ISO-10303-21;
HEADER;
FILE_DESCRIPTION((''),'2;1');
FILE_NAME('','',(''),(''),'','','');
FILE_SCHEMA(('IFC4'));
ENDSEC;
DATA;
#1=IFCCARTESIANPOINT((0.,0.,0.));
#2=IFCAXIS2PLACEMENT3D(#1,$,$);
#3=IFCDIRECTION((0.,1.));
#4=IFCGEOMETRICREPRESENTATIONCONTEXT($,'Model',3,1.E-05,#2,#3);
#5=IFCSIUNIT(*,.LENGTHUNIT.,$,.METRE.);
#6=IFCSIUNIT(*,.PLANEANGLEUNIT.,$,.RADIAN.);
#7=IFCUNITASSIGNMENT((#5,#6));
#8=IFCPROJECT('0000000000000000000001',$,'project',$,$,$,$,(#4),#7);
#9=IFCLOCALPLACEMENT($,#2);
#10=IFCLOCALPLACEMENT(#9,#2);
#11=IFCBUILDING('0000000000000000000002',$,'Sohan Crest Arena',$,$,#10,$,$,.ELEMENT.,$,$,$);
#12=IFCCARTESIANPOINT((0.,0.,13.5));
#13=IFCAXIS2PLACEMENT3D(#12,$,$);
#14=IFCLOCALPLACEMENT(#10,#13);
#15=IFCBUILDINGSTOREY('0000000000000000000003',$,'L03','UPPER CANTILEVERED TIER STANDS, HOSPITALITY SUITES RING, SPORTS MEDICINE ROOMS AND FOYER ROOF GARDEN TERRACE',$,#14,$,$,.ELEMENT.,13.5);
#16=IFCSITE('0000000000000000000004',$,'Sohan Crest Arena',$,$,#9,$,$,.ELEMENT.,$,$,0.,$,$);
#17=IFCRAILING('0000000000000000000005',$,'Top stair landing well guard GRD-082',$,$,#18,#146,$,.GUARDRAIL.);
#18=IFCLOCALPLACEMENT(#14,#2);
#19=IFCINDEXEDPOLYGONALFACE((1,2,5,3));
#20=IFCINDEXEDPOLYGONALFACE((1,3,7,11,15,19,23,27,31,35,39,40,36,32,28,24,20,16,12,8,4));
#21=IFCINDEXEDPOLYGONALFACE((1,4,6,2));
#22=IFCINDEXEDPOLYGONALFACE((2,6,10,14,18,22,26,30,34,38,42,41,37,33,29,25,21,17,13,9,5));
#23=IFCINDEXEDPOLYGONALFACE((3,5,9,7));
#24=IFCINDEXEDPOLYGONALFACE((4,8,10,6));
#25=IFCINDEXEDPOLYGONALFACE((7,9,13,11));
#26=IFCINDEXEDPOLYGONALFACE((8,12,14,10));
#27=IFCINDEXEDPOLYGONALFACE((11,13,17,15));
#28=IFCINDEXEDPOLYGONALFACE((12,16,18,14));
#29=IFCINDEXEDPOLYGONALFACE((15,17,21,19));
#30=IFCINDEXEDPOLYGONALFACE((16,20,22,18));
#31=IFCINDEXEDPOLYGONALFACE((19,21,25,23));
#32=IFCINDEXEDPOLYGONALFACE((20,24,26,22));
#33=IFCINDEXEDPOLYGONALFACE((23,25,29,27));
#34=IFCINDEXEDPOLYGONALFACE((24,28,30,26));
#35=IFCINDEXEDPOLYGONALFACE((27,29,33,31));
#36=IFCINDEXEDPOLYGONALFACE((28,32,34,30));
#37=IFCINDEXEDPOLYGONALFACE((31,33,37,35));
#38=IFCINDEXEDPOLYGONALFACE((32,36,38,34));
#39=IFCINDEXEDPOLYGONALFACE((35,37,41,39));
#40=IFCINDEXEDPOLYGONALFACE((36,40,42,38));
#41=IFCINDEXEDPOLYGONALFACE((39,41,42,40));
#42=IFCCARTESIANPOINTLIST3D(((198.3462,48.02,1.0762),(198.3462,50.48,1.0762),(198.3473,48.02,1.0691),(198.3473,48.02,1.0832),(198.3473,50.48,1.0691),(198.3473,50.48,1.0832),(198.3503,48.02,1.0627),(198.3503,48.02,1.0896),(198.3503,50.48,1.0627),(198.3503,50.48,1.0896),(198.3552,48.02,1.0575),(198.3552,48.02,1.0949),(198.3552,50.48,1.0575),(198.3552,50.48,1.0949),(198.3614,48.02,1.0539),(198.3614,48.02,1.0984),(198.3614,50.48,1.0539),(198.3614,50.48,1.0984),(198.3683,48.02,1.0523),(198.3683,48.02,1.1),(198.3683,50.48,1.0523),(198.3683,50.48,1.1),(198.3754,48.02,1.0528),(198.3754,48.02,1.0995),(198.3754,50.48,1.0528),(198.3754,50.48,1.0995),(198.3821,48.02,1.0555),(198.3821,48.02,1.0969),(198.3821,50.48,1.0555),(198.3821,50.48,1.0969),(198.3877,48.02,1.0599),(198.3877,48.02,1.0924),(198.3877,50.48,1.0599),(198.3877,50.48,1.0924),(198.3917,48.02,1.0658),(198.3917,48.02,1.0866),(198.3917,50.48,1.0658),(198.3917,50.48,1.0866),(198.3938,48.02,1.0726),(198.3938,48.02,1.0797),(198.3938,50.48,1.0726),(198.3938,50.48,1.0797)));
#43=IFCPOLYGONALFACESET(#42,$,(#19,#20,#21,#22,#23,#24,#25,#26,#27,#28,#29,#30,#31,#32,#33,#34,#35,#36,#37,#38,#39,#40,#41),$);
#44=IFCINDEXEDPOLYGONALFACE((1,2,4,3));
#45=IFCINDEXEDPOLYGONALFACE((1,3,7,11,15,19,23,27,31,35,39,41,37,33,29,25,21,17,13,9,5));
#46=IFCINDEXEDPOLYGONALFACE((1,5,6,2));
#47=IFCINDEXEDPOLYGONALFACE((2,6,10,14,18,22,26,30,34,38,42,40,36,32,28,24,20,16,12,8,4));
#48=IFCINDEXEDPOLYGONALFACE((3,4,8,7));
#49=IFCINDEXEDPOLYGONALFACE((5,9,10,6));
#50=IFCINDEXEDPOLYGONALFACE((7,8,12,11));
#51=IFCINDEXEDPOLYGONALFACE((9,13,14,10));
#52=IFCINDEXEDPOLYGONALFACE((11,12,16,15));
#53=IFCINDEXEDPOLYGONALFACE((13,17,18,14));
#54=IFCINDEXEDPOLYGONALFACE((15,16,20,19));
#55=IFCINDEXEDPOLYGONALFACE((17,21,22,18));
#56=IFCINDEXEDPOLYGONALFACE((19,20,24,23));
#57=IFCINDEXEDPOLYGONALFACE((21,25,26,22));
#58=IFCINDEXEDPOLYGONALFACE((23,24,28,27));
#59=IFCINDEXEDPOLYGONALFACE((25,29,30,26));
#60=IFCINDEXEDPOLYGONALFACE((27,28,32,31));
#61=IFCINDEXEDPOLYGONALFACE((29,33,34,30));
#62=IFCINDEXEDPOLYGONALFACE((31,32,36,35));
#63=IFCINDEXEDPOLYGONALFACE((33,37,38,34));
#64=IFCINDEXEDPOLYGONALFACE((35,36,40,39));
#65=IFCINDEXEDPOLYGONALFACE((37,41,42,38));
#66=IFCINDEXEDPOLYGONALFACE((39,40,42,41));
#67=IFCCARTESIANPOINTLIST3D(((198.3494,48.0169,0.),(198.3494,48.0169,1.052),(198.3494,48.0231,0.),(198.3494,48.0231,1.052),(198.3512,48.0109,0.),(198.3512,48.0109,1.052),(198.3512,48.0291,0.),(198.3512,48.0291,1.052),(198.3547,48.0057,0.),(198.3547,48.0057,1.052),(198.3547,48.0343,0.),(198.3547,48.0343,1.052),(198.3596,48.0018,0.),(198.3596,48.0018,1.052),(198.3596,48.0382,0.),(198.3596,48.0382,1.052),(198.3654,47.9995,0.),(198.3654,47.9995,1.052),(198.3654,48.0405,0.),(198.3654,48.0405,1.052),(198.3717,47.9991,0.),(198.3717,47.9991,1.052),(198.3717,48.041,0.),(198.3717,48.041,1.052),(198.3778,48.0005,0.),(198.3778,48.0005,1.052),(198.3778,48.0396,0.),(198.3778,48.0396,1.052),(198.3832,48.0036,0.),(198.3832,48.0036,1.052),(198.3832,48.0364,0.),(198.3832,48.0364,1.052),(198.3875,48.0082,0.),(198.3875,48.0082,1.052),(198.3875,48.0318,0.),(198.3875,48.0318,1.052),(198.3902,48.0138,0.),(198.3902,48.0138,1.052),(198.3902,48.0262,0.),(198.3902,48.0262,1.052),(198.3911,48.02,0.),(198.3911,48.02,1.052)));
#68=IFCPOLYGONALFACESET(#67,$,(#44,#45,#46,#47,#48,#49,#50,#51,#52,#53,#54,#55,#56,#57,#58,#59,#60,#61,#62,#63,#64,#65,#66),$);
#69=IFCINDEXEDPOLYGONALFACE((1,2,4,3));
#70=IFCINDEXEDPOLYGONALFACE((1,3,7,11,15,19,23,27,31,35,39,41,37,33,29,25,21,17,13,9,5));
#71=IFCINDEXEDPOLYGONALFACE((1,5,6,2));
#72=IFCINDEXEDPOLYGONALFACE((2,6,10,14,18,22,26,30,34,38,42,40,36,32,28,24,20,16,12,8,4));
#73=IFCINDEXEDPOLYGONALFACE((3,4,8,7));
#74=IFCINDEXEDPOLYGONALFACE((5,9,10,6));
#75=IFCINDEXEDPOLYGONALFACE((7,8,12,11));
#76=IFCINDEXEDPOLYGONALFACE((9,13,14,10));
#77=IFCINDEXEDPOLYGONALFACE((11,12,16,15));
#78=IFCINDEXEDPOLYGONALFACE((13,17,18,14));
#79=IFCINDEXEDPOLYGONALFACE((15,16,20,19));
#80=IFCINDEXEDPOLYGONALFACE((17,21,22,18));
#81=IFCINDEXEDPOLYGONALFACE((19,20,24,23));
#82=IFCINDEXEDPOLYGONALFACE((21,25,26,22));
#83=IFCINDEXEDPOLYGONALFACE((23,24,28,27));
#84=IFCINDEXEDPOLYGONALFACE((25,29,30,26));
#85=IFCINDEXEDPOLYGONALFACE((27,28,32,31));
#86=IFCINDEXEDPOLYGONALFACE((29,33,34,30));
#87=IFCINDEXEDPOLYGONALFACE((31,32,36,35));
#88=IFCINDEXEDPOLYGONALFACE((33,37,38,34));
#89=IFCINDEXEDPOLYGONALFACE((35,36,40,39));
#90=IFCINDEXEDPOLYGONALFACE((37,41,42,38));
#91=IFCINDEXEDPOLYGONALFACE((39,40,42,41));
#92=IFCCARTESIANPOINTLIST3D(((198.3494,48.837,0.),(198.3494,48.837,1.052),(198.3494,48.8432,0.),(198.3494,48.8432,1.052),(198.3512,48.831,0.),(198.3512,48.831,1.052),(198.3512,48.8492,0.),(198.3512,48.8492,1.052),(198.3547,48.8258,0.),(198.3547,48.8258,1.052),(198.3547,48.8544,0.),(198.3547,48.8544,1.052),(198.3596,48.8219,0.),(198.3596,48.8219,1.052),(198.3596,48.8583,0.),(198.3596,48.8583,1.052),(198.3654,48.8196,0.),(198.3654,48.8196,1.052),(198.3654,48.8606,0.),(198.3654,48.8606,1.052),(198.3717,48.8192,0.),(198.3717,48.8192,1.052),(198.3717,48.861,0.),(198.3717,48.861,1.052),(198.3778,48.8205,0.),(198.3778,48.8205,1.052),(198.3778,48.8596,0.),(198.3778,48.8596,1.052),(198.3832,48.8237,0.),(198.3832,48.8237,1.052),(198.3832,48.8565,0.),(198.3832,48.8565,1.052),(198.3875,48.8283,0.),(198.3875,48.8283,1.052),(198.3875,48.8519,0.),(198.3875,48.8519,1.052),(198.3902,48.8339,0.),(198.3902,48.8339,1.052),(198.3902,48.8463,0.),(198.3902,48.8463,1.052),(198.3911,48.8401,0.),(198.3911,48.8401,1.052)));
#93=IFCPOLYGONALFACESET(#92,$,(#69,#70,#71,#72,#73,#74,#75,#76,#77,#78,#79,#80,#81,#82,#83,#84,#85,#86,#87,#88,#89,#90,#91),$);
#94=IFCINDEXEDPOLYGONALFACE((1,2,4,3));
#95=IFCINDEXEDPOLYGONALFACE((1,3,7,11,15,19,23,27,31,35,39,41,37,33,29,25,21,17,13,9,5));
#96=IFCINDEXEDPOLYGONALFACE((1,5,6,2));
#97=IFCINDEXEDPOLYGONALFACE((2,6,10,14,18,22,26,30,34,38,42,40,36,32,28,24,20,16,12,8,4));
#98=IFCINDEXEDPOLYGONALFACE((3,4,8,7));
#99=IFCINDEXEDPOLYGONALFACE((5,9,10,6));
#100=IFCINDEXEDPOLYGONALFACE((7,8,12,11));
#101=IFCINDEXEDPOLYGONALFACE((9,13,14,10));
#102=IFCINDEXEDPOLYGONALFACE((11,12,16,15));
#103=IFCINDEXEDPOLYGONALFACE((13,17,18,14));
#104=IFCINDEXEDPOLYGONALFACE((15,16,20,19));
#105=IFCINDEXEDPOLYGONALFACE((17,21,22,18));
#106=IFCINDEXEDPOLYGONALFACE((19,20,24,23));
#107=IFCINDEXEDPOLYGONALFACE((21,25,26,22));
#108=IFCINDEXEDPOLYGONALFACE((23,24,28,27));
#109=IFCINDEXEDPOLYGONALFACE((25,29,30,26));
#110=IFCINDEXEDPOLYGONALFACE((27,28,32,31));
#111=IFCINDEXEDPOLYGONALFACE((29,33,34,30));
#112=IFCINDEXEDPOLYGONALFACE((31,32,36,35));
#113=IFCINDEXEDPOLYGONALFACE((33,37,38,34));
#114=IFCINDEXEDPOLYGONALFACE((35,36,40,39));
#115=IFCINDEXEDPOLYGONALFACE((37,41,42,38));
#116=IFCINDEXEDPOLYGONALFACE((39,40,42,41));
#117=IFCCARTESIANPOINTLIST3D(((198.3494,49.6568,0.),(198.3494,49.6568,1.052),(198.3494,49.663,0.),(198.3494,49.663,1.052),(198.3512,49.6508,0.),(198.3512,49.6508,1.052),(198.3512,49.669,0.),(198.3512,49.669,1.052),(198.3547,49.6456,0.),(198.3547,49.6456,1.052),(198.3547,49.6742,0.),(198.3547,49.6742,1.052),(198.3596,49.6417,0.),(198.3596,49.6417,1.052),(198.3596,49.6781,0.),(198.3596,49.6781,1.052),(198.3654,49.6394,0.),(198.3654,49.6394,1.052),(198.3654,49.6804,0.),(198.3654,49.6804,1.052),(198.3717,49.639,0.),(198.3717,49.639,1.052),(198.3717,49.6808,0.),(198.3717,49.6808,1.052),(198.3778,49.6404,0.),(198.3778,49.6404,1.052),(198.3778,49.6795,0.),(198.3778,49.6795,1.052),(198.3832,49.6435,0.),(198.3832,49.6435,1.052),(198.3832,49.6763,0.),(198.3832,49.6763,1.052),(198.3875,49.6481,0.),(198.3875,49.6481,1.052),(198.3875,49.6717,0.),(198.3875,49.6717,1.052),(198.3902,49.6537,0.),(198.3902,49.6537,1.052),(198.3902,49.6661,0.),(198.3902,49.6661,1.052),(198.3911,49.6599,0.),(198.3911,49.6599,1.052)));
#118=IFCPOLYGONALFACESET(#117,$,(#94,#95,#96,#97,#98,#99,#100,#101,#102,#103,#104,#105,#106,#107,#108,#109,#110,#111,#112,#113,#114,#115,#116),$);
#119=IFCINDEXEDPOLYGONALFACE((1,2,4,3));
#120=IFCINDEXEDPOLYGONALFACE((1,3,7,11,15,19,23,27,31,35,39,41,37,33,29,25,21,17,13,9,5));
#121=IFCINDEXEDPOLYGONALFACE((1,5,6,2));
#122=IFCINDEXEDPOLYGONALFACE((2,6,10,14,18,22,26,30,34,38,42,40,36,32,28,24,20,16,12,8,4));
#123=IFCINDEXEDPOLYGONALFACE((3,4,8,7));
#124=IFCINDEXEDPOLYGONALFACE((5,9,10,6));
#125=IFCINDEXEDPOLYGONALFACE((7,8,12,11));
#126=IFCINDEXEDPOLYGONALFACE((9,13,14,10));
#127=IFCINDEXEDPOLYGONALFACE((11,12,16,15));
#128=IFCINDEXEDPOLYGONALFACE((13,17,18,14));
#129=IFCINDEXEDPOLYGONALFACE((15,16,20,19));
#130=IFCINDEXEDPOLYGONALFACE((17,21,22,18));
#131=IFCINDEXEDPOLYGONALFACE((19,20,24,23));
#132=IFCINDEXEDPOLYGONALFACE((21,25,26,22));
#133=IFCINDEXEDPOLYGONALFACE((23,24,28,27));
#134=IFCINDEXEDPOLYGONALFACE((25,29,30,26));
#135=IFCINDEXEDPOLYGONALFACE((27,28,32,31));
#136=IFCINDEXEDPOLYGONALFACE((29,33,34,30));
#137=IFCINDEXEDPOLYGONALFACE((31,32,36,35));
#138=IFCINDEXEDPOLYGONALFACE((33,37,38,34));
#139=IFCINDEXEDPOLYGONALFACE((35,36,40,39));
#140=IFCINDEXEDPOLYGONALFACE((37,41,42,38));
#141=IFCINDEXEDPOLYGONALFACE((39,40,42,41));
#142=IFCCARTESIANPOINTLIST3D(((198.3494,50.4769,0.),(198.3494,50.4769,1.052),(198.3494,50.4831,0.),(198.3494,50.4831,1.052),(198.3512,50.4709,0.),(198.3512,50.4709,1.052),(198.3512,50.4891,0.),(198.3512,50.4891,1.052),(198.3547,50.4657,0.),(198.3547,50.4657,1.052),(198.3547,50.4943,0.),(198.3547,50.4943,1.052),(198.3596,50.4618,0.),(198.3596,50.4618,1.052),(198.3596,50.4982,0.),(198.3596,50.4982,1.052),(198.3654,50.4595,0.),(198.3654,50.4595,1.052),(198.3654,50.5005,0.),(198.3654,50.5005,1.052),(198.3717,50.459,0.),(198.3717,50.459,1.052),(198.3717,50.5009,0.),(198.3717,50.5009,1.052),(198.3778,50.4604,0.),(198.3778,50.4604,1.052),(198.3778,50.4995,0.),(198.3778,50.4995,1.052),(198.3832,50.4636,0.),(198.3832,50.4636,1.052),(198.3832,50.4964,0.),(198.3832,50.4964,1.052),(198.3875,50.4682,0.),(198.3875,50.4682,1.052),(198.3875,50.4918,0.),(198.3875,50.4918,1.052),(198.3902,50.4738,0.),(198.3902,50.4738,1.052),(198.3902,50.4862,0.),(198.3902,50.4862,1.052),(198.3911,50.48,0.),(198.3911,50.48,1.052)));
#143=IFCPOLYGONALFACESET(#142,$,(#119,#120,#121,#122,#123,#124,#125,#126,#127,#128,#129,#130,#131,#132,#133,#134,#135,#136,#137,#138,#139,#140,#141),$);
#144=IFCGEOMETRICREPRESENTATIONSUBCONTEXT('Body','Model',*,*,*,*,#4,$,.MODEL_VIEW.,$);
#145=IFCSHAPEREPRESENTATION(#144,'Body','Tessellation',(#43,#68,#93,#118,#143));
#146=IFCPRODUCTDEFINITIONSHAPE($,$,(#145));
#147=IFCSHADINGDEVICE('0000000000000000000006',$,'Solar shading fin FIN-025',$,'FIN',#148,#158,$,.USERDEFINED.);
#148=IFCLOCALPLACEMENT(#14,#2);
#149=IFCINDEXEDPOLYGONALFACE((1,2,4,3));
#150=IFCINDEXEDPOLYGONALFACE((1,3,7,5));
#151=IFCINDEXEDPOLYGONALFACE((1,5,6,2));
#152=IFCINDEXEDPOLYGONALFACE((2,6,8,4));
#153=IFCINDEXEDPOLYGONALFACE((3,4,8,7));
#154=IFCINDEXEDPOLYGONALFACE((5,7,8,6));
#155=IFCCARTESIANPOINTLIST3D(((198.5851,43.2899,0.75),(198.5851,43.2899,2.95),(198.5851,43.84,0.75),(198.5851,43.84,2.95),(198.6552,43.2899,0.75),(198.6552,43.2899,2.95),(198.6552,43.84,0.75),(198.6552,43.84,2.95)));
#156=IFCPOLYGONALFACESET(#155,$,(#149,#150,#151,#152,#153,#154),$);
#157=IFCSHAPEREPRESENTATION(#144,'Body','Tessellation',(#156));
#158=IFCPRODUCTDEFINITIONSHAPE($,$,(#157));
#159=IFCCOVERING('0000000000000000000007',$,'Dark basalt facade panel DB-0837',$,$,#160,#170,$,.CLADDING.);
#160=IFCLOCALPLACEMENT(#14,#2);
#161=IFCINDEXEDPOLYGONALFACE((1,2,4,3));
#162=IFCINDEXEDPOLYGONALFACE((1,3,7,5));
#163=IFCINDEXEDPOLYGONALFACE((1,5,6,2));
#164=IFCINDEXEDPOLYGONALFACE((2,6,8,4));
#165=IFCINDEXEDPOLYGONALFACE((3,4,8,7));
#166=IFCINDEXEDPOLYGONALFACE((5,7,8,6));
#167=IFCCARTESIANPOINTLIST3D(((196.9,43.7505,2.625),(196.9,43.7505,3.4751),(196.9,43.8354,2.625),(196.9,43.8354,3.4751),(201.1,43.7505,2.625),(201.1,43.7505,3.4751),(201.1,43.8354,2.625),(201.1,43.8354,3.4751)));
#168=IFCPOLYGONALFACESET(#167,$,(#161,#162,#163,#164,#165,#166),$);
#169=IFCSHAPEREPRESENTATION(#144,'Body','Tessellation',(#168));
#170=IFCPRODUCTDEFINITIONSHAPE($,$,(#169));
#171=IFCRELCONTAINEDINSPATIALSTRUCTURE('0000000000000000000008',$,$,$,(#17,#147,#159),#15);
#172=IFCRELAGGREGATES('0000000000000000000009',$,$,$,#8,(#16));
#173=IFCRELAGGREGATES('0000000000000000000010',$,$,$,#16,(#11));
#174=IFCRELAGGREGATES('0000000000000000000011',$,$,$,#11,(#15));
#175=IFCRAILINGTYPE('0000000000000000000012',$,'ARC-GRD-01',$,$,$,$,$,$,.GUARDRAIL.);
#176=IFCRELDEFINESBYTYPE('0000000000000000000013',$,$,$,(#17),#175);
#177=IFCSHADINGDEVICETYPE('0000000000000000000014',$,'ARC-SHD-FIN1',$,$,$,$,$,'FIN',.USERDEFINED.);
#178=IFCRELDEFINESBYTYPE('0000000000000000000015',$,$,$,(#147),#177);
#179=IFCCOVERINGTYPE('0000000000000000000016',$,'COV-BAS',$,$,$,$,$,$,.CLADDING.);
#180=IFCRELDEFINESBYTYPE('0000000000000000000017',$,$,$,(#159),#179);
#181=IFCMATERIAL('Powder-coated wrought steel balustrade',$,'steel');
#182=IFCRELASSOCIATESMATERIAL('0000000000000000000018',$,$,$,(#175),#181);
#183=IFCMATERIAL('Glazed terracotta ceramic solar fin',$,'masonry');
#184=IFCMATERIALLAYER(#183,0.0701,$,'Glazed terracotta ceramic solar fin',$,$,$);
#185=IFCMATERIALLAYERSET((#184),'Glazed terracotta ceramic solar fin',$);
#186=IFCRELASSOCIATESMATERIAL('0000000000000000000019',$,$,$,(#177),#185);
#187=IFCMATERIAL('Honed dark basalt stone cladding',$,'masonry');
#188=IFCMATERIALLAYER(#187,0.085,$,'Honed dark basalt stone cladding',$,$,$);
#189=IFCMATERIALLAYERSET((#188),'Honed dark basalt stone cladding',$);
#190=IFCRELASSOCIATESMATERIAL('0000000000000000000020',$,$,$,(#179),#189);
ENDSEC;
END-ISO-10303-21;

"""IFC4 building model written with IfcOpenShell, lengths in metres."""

from ifc_helpers import new_model, si_unit, direction, frame, origin, origin_2d, place, context, subcontext, project, spatial, rectangle, circle, extrude, material, layer, layer_set, type_object, element, save


model = new_model("IFC4")

# Units and contexts
model_context = context("Model", 3, precision=1e-05, world=origin(), true_north=direction((0.0, 1.0)))
body_context = subcontext(model_context, "Body", "Model", "MODEL_VIEW")
ifc_project = project(units=[si_unit("LENGTHUNIT", "METRE"), si_unit("PLANEANGLEUNIT", "RADIAN")], contexts=[model_context])

# Site, building, storey
site_placement = place(None, origin())
site = spatial("IfcSite", under=ifc_project, at=site_placement, Name="Sohan Crest Arena", CompositionType="ELEMENT", RefElevation=0.0)
building_placement = place(site_placement, origin())
building = spatial("IfcBuilding", under=site, at=building_placement, Name="Sohan Crest Arena", CompositionType="ELEMENT")
storey_placement = place(building_placement, frame((0.0, 0.0, 13.5)))
storey = spatial("IfcBuildingStorey", under=building, at=storey_placement, Name="L03", Description="UPPER CANTILEVERED TIER STANDS, HOSPITALITY SUITES RING, SPORTS MEDICINE ROOMS AND FOYER ROOF GARDEN TERRACE", CompositionType="ELEMENT", Elevation=13.5)

# Railing
ifc_material_1 = material(Name="Powder-coated wrought steel balustrade", Category="steel")
railing_type = type_object("IfcRailingType", Name="ARC-GRD-01", PredefinedType="GUARDRAIL", material=ifc_material_1)
railing_placement = place(storey_placement, frame((198.3701, 48.02, 0.0)))
element("IfcRailing", 1, at=railing_placement, inside=storey, type_object=railing_type, Name="Top stair landing well guard GRD-082", PredefinedType="GUARDRAIL", context=body_context, shape_type="SweptSolid", body=[
    extrude(circle(Radius=0.0239, at=origin_2d()), frame((0.0, 0.0, 1.0762), z_axis=(0.0, 1.0, 0.0), x_axis=(-1.0, 0.0, 0.0)), (0.0, 0.0, 1.0), 2.46),
    extrude(circle(Radius=0.021, at=origin_2d()), origin(), (0.0, 0.0, 1.0), 1.052),
    extrude(circle(Radius=0.021, at=origin_2d()), frame((0.0, 0.8201, 0.0)), (0.0, 0.0, 1.0), 1.052),
    extrude(circle(Radius=0.021, at=origin_2d()), frame((0.0, 1.6399, 0.0)), (0.0, 0.0, 1.0), 1.052),
    extrude(circle(Radius=0.021, at=origin_2d()), frame((0.0, 2.46, 0.0)), (0.0, 0.0, 1.0), 1.052),
])

# Shading device
ifc_material_2 = material(Name="Glazed terracotta ceramic solar fin", Category="masonry")
ifc_layer_1 = layer(ifc_material_2, 0.0701, Name="Glazed terracotta ceramic solar fin")
ifc_layer_set_1 = layer_set([ifc_layer_1], Name="Glazed terracotta ceramic solar fin")
shading_device_type = type_object("IfcShadingDeviceType", Name="ARC-SHD-FIN1", ElementType="FIN", PredefinedType="USERDEFINED", material=ifc_layer_set_1)
shading_device_placement = place(storey_placement, frame((198.6201, 43.5649, 0.75), z_axis=(0.0, 0.0, 1.0), x_axis=(1.0, 0.0, 0.0)))
element("IfcShadingDevice", 2, at=shading_device_placement, inside=storey, type_object=shading_device_type, Name="Solar shading fin FIN-025", ObjectType="FIN", PredefinedType="USERDEFINED", context=body_context, shape_type="SweptSolid", body=[
    extrude(rectangle(XDim=0.0701, YDim=0.55, at=origin_2d()), origin(), (0.0, 0.0, 1.0), 2.2),
])

# Covering
ifc_material_3 = material(Name="Honed dark basalt stone cladding", Category="masonry")
ifc_layer_2 = layer(ifc_material_3, 0.085, Name="Honed dark basalt stone cladding")
ifc_layer_set_2 = layer_set([ifc_layer_2], Name="Honed dark basalt stone cladding")
covering_type = type_object("IfcCoveringType", Name="COV-BAS", PredefinedType="CLADDING", material=ifc_layer_set_2)
covering_placement = place(storey_placement, frame((199.0, 43.793, 2.625), z_axis=(0.0, 0.0, 1.0), x_axis=(1.0, 0.0, 0.0)))
element("IfcCovering", 3, at=covering_placement, inside=storey, type_object=covering_type, Name="Dark basalt facade panel DB-0837", PredefinedType="CLADDING", context=body_context, shape_type="SweptSolid", body=[
    extrude(rectangle(XDim=4.2, YDim=0.085, at=origin_2d()), origin(), (0.0, 0.0, 1.0), 0.8501),
])

save(model, "model.ifc")
